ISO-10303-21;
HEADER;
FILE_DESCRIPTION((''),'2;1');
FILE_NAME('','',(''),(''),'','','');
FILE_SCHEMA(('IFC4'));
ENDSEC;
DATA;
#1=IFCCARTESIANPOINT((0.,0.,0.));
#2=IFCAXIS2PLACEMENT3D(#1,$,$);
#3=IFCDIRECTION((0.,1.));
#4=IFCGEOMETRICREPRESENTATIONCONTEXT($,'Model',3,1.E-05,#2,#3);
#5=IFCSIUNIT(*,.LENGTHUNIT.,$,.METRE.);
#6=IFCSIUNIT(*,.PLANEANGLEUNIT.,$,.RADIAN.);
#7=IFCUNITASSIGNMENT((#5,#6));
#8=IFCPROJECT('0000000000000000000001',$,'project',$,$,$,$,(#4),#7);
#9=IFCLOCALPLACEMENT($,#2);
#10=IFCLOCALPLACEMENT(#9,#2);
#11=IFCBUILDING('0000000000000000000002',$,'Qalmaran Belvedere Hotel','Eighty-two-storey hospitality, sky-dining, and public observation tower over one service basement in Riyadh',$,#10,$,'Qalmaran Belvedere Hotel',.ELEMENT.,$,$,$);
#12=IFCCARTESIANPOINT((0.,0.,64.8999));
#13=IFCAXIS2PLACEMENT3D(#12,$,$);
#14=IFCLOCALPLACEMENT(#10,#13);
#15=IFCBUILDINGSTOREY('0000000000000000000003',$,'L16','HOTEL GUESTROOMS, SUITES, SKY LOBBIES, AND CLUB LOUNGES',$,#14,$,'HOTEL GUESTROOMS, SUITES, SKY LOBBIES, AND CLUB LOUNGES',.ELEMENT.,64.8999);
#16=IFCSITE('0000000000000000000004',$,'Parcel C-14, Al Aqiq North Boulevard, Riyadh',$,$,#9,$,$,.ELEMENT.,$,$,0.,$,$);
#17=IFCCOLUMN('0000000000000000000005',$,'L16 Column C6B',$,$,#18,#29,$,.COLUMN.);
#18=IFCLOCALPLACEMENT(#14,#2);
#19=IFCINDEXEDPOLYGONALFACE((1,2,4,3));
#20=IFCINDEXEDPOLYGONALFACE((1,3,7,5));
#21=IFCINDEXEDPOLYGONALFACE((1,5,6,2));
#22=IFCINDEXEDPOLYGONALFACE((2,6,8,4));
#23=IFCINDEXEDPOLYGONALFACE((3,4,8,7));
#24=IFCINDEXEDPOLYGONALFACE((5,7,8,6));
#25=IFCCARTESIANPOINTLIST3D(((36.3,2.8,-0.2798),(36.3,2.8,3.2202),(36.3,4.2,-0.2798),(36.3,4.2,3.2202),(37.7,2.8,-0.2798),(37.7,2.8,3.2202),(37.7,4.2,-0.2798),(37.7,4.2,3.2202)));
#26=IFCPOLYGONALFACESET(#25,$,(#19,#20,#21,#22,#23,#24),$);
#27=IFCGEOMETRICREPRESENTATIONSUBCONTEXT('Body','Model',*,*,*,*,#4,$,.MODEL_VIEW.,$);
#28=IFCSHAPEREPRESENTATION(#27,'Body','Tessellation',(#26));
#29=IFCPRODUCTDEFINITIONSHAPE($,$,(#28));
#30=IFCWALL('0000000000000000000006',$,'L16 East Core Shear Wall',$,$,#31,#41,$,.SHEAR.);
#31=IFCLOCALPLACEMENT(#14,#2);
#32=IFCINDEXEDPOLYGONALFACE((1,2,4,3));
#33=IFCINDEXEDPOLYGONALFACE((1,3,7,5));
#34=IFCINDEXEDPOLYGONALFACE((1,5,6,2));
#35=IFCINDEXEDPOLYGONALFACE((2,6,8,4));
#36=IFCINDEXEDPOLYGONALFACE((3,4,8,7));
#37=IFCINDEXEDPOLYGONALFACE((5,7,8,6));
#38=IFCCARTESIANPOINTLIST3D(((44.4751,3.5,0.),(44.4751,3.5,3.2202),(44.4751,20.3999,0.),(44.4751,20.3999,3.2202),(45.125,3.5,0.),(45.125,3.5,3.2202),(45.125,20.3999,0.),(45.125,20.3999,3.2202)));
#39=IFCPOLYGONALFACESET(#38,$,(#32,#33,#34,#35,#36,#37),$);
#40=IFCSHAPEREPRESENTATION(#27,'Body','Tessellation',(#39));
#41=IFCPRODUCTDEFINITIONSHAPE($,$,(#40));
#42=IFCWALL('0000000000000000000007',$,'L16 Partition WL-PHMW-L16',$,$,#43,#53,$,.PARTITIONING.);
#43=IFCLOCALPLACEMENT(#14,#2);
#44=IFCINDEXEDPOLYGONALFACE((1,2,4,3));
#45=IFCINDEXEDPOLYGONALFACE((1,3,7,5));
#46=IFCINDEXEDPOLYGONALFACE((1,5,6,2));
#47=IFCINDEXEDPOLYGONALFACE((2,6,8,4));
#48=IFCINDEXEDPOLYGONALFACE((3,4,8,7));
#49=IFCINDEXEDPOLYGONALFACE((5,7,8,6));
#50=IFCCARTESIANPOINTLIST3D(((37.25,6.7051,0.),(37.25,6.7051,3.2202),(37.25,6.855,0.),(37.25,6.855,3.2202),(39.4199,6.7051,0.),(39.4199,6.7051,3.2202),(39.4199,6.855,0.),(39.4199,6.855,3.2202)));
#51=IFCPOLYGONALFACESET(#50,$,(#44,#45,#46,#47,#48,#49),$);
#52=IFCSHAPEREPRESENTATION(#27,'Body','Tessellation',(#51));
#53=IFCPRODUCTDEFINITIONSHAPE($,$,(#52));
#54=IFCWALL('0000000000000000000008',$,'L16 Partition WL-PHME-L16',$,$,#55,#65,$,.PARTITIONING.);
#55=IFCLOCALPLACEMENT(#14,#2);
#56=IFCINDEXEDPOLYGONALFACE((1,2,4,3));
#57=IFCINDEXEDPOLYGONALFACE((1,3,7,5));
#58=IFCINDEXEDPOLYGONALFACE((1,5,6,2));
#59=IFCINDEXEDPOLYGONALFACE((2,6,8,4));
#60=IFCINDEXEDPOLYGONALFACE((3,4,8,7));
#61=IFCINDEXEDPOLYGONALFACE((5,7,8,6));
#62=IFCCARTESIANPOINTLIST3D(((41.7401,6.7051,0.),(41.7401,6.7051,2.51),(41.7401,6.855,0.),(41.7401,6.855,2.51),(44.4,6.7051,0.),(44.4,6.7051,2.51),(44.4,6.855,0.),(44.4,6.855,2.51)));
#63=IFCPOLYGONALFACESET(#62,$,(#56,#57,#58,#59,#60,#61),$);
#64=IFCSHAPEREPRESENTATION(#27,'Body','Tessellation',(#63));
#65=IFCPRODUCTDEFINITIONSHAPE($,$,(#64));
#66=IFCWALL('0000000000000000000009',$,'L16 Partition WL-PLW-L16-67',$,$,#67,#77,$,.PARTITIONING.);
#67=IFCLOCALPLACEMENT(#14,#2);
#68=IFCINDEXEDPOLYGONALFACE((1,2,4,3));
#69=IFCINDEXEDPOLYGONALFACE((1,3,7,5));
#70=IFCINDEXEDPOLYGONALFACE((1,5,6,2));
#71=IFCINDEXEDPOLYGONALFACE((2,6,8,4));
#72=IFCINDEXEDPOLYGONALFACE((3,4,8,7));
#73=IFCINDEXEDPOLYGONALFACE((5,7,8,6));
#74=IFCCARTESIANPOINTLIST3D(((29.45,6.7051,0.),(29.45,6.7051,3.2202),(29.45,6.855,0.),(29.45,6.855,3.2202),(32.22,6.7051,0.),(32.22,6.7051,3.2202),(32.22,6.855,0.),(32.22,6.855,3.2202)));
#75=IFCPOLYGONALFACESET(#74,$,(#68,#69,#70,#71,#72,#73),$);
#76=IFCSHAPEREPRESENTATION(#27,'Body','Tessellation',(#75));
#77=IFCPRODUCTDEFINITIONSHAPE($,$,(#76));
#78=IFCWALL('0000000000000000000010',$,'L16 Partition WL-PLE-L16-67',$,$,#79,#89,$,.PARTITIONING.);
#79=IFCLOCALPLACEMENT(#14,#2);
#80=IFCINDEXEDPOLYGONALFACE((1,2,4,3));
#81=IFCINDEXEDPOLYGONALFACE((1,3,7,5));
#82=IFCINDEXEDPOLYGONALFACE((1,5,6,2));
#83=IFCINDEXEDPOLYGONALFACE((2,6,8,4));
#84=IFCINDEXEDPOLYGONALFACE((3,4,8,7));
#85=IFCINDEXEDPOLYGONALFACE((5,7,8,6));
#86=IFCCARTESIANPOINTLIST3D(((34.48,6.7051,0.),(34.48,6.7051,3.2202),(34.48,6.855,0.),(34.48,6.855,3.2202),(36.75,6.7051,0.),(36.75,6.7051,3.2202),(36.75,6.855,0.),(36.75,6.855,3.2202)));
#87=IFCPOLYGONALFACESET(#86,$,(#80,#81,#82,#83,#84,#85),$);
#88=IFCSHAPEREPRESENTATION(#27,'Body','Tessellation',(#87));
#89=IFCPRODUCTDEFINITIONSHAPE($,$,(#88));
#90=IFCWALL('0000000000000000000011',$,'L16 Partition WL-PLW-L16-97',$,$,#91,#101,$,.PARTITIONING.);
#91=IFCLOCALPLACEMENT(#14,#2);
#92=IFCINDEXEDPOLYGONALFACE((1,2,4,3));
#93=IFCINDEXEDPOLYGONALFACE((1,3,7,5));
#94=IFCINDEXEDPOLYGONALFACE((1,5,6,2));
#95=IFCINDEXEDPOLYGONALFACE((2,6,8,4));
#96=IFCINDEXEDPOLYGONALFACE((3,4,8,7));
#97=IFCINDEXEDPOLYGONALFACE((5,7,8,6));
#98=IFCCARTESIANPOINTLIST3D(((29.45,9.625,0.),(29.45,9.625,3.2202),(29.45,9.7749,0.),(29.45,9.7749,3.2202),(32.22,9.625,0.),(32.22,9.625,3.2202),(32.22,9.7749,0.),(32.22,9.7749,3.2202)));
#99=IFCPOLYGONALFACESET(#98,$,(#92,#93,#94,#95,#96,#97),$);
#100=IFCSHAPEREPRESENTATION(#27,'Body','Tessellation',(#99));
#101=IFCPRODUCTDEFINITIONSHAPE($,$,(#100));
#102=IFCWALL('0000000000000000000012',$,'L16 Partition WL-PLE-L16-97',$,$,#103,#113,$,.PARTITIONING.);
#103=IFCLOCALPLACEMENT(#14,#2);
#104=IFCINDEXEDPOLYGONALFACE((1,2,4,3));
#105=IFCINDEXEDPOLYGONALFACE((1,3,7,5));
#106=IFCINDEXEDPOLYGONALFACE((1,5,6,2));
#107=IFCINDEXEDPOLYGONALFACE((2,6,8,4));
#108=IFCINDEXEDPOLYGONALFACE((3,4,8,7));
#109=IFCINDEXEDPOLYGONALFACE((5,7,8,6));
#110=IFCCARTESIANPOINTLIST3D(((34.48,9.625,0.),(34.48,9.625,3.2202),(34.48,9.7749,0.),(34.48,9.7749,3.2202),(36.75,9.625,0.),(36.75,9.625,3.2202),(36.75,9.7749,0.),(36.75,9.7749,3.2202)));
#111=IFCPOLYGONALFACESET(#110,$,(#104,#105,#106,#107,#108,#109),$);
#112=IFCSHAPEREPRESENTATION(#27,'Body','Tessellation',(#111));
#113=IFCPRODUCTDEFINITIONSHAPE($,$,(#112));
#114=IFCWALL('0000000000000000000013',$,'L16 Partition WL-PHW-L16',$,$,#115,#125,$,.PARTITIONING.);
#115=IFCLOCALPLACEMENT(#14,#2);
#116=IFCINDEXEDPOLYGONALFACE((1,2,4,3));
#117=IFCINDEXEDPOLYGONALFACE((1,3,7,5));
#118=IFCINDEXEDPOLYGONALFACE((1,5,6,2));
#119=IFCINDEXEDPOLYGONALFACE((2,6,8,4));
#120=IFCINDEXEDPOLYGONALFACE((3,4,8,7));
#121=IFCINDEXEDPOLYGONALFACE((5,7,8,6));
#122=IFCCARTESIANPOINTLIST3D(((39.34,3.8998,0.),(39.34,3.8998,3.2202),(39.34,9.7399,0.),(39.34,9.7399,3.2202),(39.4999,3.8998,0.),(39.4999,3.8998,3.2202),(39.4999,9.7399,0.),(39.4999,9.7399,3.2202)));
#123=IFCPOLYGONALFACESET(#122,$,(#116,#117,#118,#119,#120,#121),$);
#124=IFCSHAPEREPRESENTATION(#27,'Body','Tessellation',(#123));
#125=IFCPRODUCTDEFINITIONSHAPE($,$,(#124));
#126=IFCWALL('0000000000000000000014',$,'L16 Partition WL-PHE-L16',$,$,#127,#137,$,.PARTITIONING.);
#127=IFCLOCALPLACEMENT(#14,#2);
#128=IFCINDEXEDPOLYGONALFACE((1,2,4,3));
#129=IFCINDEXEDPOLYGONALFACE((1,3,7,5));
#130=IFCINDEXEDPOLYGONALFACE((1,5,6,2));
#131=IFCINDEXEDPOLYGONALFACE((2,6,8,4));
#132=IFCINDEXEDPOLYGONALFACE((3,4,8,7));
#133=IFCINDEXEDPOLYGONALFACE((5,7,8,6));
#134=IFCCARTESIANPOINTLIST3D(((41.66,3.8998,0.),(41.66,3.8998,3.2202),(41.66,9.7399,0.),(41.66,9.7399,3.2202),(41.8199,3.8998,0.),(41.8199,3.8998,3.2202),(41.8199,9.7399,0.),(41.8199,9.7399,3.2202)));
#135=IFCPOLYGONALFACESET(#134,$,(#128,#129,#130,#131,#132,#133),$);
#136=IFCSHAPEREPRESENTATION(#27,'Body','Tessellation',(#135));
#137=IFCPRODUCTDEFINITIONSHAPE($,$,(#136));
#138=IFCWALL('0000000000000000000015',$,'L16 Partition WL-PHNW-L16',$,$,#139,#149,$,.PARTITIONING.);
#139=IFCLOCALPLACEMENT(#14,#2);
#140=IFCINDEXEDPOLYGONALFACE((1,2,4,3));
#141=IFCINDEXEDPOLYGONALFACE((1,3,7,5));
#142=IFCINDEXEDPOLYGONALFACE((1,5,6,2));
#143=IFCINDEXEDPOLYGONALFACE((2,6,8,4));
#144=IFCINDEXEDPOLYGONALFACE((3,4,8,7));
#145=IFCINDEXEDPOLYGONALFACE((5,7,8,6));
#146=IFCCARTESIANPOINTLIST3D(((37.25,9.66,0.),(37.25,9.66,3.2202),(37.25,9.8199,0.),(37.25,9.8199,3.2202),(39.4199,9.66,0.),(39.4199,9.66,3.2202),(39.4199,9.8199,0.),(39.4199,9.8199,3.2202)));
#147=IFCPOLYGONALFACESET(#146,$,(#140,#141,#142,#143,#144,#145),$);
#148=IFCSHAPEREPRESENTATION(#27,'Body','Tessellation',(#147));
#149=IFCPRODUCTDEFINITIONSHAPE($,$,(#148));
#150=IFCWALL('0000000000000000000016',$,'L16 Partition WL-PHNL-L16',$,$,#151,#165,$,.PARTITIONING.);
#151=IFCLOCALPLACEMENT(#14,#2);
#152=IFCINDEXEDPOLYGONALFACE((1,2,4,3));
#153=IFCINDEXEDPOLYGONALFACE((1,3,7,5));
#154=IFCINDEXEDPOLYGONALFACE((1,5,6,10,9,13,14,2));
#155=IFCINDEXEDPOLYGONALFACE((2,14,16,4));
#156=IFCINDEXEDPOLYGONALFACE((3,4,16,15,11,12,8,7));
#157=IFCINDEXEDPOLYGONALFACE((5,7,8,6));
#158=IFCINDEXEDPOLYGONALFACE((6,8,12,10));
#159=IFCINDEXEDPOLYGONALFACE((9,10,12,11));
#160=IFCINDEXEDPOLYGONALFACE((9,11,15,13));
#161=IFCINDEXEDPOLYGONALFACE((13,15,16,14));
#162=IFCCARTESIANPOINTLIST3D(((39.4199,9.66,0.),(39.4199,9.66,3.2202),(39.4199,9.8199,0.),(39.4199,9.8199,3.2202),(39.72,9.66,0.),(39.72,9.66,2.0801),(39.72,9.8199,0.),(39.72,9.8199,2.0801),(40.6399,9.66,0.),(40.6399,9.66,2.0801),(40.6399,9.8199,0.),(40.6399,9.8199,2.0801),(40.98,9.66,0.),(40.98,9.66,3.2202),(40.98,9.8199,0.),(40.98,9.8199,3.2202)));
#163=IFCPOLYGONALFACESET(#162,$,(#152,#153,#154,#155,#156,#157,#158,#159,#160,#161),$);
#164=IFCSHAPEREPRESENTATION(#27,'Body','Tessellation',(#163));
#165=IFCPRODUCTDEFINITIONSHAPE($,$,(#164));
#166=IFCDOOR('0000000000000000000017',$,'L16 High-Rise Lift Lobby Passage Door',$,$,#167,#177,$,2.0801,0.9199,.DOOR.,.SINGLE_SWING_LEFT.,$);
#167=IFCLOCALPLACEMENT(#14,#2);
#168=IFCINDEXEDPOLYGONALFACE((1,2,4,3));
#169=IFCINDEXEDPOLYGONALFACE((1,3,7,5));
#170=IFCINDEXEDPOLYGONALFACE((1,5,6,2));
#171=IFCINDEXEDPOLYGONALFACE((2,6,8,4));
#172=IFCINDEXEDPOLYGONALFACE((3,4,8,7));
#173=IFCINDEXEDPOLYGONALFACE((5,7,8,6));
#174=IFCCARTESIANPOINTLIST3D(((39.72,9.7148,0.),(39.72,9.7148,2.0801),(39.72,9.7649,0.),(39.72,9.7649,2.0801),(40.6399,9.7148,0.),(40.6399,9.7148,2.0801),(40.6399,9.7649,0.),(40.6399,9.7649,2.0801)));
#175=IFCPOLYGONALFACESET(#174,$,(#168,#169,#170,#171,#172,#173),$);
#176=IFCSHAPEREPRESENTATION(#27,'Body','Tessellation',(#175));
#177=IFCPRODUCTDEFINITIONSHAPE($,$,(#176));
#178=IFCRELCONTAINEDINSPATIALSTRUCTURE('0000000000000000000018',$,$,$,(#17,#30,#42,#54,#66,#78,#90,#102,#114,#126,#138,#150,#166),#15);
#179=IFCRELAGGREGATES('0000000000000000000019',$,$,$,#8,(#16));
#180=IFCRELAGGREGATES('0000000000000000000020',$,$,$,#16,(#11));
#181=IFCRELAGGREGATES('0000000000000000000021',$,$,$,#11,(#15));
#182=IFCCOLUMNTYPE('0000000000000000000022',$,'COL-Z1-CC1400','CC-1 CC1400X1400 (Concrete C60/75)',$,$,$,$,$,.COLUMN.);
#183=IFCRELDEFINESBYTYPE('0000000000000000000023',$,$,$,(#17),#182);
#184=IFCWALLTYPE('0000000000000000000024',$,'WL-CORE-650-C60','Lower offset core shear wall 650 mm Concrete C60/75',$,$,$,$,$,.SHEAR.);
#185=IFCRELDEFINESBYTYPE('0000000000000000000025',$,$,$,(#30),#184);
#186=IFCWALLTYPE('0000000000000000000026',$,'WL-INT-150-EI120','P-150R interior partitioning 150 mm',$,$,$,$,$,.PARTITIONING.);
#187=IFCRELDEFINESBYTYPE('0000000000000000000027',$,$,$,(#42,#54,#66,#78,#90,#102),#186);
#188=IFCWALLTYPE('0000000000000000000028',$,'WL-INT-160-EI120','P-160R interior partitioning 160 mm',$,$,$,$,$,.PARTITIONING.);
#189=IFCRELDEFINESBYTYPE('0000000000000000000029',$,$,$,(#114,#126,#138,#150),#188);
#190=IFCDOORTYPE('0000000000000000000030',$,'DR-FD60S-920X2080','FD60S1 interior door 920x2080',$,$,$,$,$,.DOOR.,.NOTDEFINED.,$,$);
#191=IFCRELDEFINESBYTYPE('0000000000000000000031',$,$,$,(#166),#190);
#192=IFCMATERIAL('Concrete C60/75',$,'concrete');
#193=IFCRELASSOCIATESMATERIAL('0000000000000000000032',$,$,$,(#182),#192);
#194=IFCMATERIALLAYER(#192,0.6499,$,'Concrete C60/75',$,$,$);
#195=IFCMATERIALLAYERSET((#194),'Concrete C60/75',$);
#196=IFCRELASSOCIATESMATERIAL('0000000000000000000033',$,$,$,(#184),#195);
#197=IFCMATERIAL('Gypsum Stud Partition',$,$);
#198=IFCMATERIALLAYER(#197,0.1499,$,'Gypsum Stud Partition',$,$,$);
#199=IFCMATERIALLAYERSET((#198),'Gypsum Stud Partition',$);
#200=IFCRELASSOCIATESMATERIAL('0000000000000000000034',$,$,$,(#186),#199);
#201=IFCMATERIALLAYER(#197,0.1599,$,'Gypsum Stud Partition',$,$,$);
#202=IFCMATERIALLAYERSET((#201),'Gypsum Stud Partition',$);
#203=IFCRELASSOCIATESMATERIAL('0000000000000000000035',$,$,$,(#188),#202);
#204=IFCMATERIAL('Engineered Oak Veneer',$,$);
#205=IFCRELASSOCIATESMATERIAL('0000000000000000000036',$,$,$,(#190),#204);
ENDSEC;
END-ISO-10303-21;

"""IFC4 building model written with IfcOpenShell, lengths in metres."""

from ifc_helpers import new_model, si_unit, direction, frame, frame_2d, origin, origin_2d, place, context, subcontext, project, spatial, rectangle, extrude, material, layer, layer_set, material_profile, profile_set, type_object, element, fill, save


model = new_model("IFC4")

# Units and contexts
model_context = context("Model", 3, precision=1e-05, world=origin(), true_north=direction((0.0, 1.0)))
body_context = subcontext(model_context, "Body", "Model", "MODEL_VIEW")
ifc_project = project(units=[si_unit("LENGTHUNIT", "METRE"), si_unit("PLANEANGLEUNIT", "RADIAN")], contexts=[model_context])

# Site, building, storey
site_placement = place(None, origin())
site = spatial("IfcSite", under=ifc_project, at=site_placement, Name="Parcel C-14, Al Aqiq North Boulevard, Riyadh", CompositionType="ELEMENT", RefElevation=0.0)
building_placement = place(site_placement, origin())
building = spatial("IfcBuilding", under=site, at=building_placement, Name="Qalmaran Belvedere Hotel", Description="Eighty-two-storey hospitality, sky-dining, and public observation tower over one service basement in Riyadh", LongName="Qalmaran Belvedere Hotel", CompositionType="ELEMENT")
storey_placement = place(building_placement, frame((0.0, 0.0, 64.8999)))
storey = spatial("IfcBuildingStorey", under=building, at=storey_placement, Name="L16", Description="HOTEL GUESTROOMS, SUITES, SKY LOBBIES, AND CLUB LOUNGES", LongName="HOTEL GUESTROOMS, SUITES, SKY LOBBIES, AND CLUB LOUNGES", CompositionType="ELEMENT", Elevation=64.8999)

# Column
ifc_material_1 = material(Name="Concrete C60/75", Category="concrete")
ifc_material_profile = material_profile(ifc_material_1, rectangle(XDim=1.3999, YDim=1.3999, at=origin_2d()), Name="CC1400X1400")
ifc_profile_set = profile_set([ifc_material_profile], Name="Concrete C60/75")
column_type = type_object("IfcColumnType", Name="COL-Z1-CC1400", Description="CC-1 CC1400X1400 (Concrete C60/75)", PredefinedType="COLUMN", material=ifc_profile_set)
column_placement = place(storey_placement, frame((37.0, 3.5, -0.2798), z_axis=(0.0, 0.0, 1.0), x_axis=(1.0, 0.0, 0.0)))
element("IfcColumn", 1, at=column_placement, inside=storey, type_object=column_type, Name="L16 Column C6B", PredefinedType="COLUMN", context=body_context, shape_type="SweptSolid", body=[
    extrude(rectangle(XDim=1.3999, YDim=1.3999, at=origin_2d()), origin(), (0.0, 0.0, 1.0), 3.5),
])

# Wall
ifc_layer_1 = layer(ifc_material_1, 0.6499, Name="Concrete C60/75")
ifc_layer_set_1 = layer_set([ifc_layer_1], Name="Concrete C60/75")
wall_type_1 = type_object("IfcWallType", Name="WL-CORE-650-C60", Description="Lower offset core shear wall 650 mm Concrete C60/75", PredefinedType="SHEAR", material=ifc_layer_set_1)
wall_1_placement = place(storey_placement, frame((44.8, 3.5, 0.0), z_axis=(0.0, 0.0, 1.0), x_axis=(0.0, 1.0, 0.0)))
element("IfcWall", 2, at=wall_1_placement, inside=storey, type_object=wall_type_1, Name="L16 East Core Shear Wall", PredefinedType="SHEAR", context=body_context, shape_type="SweptSolid", body=[
    extrude(rectangle(XDim=16.8999, YDim=0.6499, at=frame_2d((8.45, 0.0))), origin(), (0.0, 0.0, 1.0), 3.2202),
])

# Walls
ifc_material_2 = material(Name="Gypsum Stud Partition")
ifc_layer_2 = layer(ifc_material_2, 0.1499, Name="Gypsum Stud Partition")
ifc_layer_set_2 = layer_set([ifc_layer_2], Name="Gypsum Stud Partition")
wall_type_2 = type_object("IfcWallType", Name="WL-INT-150-EI120", Description="P-150R interior partitioning 150 mm", PredefinedType="PARTITIONING", material=ifc_layer_set_2)
wall_2_placement = place(storey_placement, frame((37.25, 6.78, 0.0), z_axis=(0.0, 0.0, 1.0), x_axis=(1.0, 0.0, 0.0)))
element("IfcWall", 3, at=wall_2_placement, inside=storey, type_object=wall_type_2, Name="L16 Partition WL-PHMW-L16", PredefinedType="PARTITIONING", context=body_context, shape_type="SweptSolid", body=[
    extrude(rectangle(XDim=2.1699, YDim=0.1499, at=frame_2d((1.085, 0.0))), origin(), (0.0, 0.0, 1.0), 3.2202),
])
wall_3_placement = place(storey_placement, frame((41.74, 6.78, 0.0), z_axis=(0.0, 0.0, 1.0), x_axis=(1.0, 0.0, 0.0)))
element("IfcWall", 4, at=wall_3_placement, inside=storey, type_object=wall_type_2, Name="L16 Partition WL-PHME-L16", PredefinedType="PARTITIONING", context=body_context, shape_type="SweptSolid", body=[
    extrude(rectangle(XDim=2.6599, YDim=0.1499, at=frame_2d((1.3301, 0.0))), origin(), (0.0, 0.0, 1.0), 2.51),
])
wall_4_placement = place(storey_placement, frame((29.45, 6.78, 0.0), z_axis=(0.0, 0.0, 1.0), x_axis=(1.0, 0.0, 0.0)))
element("IfcWall", 5, at=wall_4_placement, inside=storey, type_object=wall_type_2, Name="L16 Partition WL-PLW-L16-67", PredefinedType="PARTITIONING", context=body_context, shape_type="SweptSolid", body=[
    extrude(rectangle(XDim=2.77, YDim=0.1499, at=frame_2d((1.385, 0.0))), origin(), (0.0, 0.0, 1.0), 3.2202),
])
wall_5_placement = place(storey_placement, frame((34.48, 6.78, 0.0), z_axis=(0.0, 0.0, 1.0), x_axis=(1.0, 0.0, 0.0)))
element("IfcWall", 6, at=wall_5_placement, inside=storey, type_object=wall_type_2, Name="L16 Partition WL-PLE-L16-67", PredefinedType="PARTITIONING", context=body_context, shape_type="SweptSolid", body=[
    extrude(rectangle(XDim=2.27, YDim=0.1499, at=frame_2d((1.135, 0.0))), origin(), (0.0, 0.0, 1.0), 3.2202),
])
wall_6_placement = place(storey_placement, frame((29.45, 9.7, 0.0), z_axis=(0.0, 0.0, 1.0), x_axis=(1.0, 0.0, 0.0)))
element("IfcWall", 7, at=wall_6_placement, inside=storey, type_object=wall_type_2, Name="L16 Partition WL-PLW-L16-97", PredefinedType="PARTITIONING", context=body_context, shape_type="SweptSolid", body=[
    extrude(rectangle(XDim=2.77, YDim=0.1499, at=frame_2d((1.385, 0.0))), origin(), (0.0, 0.0, 1.0), 3.2202),
])
wall_7_placement = place(storey_placement, frame((34.48, 9.7, 0.0), z_axis=(0.0, 0.0, 1.0), x_axis=(1.0, 0.0, 0.0)))
element("IfcWall", 8, at=wall_7_placement, inside=storey, type_object=wall_type_2, Name="L16 Partition WL-PLE-L16-97", PredefinedType="PARTITIONING", context=body_context, shape_type="SweptSolid", body=[
    extrude(rectangle(XDim=2.27, YDim=0.1499, at=frame_2d((1.135, 0.0))), origin(), (0.0, 0.0, 1.0), 3.2202),
])
ifc_layer_3 = layer(ifc_material_2, 0.1599, Name="Gypsum Stud Partition")
ifc_layer_set_3 = layer_set([ifc_layer_3], Name="Gypsum Stud Partition")
wall_type_3 = type_object("IfcWallType", Name="WL-INT-160-EI120", Description="P-160R interior partitioning 160 mm", PredefinedType="PARTITIONING", material=ifc_layer_set_3)
for number, where, z_axis, x_axis, name in (
    (9, (39.4199, 3.8999, 0.0), (0.0, 0.0, 1.0), (0.0, 1.0, 0.0), "L16 Partition WL-PHW-L16"),
    (10, (41.74, 3.8999, 0.0), (0.0, 0.0, 1.0), (0.0, 1.0, 0.0), "L16 Partition WL-PHE-L16"),
):
    element("IfcWall", number, at=place(storey_placement, frame(where, z_axis=z_axis, x_axis=x_axis)), inside=storey, type_object=wall_type_3, Name=name, PredefinedType="PARTITIONING", context=body_context, shape_type="SweptSolid", body=[
        extrude(rectangle(XDim=5.8401, YDim=0.1599, at=frame_2d((2.9199, 0.0))), origin(), (0.0, 0.0, 1.0), 3.2202),
    ])
wall_8_placement = place(storey_placement, frame((37.25, 9.74, 0.0), z_axis=(0.0, 0.0, 1.0), x_axis=(1.0, 0.0, 0.0)))
element("IfcWall", 11, at=wall_8_placement, inside=storey, type_object=wall_type_3, Name="L16 Partition WL-PHNW-L16", PredefinedType="PARTITIONING", context=body_context, shape_type="SweptSolid", body=[
    extrude(rectangle(XDim=2.1699, YDim=0.1599, at=frame_2d((1.085, 0.0))), origin(), (0.0, 0.0, 1.0), 3.2202),
])

# Wall, opening, door
wall_9_placement = place(storey_placement, frame((39.4199, 9.74, 0.0), z_axis=(0.0, 0.0, 1.0), x_axis=(1.0, 0.0, 0.0)))
wall_9 = element("IfcWall", 12, at=wall_9_placement, inside=storey, type_object=wall_type_3, Name="L16 Partition WL-PHNL-L16", PredefinedType="PARTITIONING", context=body_context, shape_type="SweptSolid", body=[
    extrude(rectangle(XDim=1.5601, YDim=0.1599, at=frame_2d((0.78, 0.0))), origin(), (0.0, 0.0, 1.0), 3.2202),
])
opening_1_placement = place(wall_9_placement, frame((0.3, 0.0, 0.0)))
opening_1 = element("IfcOpeningElement", 13, at=opening_1_placement, cuts=wall_9, PredefinedType="OPENING", context=body_context, shape_type="SweptSolid", body=[
    extrude(rectangle(XDim=0.9199, YDim=2.0801, at=frame_2d((0.46, 1.04))), frame((0.0, 0.0898, 0.0), z_axis=(0.0, -1.0, 0.0), x_axis=(1.0, 0.0, 0.0)), (0.0, 0.0, 1.0), 0.1799),
])
ifc_material_3 = material(Name="Engineered Oak Veneer")
door_type_1 = type_object("IfcDoorType", Name="DR-FD60S-920X2080", Description="FD60S1 interior door 920x2080", OperationType="NOTDEFINED", PredefinedType="DOOR", material=ifc_material_3)
door_1_placement = place(opening_1_placement, origin())
door_1 = element("IfcDoor", 14, at=door_1_placement, inside=storey, type_object=door_type_1, Name="L16 High-Rise Lift Lobby Passage Door", OperationType="SINGLE_SWING_LEFT", OverallHeight=2.0801, OverallWidth=0.9199, PredefinedType="DOOR", context=body_context, shape_type="SweptSolid", body=[
    extrude(rectangle(XDim=0.9199, YDim=2.0801, at=frame_2d((0.46, 1.04))), frame((0.0, 0.0249, 0.0), z_axis=(0.0, -1.0, 0.0), x_axis=(1.0, 0.0, 0.0)), (0.0, 0.0, 1.0), 0.05),
])
fill(opening_1, door_1)

save(model, "model.ifc")
